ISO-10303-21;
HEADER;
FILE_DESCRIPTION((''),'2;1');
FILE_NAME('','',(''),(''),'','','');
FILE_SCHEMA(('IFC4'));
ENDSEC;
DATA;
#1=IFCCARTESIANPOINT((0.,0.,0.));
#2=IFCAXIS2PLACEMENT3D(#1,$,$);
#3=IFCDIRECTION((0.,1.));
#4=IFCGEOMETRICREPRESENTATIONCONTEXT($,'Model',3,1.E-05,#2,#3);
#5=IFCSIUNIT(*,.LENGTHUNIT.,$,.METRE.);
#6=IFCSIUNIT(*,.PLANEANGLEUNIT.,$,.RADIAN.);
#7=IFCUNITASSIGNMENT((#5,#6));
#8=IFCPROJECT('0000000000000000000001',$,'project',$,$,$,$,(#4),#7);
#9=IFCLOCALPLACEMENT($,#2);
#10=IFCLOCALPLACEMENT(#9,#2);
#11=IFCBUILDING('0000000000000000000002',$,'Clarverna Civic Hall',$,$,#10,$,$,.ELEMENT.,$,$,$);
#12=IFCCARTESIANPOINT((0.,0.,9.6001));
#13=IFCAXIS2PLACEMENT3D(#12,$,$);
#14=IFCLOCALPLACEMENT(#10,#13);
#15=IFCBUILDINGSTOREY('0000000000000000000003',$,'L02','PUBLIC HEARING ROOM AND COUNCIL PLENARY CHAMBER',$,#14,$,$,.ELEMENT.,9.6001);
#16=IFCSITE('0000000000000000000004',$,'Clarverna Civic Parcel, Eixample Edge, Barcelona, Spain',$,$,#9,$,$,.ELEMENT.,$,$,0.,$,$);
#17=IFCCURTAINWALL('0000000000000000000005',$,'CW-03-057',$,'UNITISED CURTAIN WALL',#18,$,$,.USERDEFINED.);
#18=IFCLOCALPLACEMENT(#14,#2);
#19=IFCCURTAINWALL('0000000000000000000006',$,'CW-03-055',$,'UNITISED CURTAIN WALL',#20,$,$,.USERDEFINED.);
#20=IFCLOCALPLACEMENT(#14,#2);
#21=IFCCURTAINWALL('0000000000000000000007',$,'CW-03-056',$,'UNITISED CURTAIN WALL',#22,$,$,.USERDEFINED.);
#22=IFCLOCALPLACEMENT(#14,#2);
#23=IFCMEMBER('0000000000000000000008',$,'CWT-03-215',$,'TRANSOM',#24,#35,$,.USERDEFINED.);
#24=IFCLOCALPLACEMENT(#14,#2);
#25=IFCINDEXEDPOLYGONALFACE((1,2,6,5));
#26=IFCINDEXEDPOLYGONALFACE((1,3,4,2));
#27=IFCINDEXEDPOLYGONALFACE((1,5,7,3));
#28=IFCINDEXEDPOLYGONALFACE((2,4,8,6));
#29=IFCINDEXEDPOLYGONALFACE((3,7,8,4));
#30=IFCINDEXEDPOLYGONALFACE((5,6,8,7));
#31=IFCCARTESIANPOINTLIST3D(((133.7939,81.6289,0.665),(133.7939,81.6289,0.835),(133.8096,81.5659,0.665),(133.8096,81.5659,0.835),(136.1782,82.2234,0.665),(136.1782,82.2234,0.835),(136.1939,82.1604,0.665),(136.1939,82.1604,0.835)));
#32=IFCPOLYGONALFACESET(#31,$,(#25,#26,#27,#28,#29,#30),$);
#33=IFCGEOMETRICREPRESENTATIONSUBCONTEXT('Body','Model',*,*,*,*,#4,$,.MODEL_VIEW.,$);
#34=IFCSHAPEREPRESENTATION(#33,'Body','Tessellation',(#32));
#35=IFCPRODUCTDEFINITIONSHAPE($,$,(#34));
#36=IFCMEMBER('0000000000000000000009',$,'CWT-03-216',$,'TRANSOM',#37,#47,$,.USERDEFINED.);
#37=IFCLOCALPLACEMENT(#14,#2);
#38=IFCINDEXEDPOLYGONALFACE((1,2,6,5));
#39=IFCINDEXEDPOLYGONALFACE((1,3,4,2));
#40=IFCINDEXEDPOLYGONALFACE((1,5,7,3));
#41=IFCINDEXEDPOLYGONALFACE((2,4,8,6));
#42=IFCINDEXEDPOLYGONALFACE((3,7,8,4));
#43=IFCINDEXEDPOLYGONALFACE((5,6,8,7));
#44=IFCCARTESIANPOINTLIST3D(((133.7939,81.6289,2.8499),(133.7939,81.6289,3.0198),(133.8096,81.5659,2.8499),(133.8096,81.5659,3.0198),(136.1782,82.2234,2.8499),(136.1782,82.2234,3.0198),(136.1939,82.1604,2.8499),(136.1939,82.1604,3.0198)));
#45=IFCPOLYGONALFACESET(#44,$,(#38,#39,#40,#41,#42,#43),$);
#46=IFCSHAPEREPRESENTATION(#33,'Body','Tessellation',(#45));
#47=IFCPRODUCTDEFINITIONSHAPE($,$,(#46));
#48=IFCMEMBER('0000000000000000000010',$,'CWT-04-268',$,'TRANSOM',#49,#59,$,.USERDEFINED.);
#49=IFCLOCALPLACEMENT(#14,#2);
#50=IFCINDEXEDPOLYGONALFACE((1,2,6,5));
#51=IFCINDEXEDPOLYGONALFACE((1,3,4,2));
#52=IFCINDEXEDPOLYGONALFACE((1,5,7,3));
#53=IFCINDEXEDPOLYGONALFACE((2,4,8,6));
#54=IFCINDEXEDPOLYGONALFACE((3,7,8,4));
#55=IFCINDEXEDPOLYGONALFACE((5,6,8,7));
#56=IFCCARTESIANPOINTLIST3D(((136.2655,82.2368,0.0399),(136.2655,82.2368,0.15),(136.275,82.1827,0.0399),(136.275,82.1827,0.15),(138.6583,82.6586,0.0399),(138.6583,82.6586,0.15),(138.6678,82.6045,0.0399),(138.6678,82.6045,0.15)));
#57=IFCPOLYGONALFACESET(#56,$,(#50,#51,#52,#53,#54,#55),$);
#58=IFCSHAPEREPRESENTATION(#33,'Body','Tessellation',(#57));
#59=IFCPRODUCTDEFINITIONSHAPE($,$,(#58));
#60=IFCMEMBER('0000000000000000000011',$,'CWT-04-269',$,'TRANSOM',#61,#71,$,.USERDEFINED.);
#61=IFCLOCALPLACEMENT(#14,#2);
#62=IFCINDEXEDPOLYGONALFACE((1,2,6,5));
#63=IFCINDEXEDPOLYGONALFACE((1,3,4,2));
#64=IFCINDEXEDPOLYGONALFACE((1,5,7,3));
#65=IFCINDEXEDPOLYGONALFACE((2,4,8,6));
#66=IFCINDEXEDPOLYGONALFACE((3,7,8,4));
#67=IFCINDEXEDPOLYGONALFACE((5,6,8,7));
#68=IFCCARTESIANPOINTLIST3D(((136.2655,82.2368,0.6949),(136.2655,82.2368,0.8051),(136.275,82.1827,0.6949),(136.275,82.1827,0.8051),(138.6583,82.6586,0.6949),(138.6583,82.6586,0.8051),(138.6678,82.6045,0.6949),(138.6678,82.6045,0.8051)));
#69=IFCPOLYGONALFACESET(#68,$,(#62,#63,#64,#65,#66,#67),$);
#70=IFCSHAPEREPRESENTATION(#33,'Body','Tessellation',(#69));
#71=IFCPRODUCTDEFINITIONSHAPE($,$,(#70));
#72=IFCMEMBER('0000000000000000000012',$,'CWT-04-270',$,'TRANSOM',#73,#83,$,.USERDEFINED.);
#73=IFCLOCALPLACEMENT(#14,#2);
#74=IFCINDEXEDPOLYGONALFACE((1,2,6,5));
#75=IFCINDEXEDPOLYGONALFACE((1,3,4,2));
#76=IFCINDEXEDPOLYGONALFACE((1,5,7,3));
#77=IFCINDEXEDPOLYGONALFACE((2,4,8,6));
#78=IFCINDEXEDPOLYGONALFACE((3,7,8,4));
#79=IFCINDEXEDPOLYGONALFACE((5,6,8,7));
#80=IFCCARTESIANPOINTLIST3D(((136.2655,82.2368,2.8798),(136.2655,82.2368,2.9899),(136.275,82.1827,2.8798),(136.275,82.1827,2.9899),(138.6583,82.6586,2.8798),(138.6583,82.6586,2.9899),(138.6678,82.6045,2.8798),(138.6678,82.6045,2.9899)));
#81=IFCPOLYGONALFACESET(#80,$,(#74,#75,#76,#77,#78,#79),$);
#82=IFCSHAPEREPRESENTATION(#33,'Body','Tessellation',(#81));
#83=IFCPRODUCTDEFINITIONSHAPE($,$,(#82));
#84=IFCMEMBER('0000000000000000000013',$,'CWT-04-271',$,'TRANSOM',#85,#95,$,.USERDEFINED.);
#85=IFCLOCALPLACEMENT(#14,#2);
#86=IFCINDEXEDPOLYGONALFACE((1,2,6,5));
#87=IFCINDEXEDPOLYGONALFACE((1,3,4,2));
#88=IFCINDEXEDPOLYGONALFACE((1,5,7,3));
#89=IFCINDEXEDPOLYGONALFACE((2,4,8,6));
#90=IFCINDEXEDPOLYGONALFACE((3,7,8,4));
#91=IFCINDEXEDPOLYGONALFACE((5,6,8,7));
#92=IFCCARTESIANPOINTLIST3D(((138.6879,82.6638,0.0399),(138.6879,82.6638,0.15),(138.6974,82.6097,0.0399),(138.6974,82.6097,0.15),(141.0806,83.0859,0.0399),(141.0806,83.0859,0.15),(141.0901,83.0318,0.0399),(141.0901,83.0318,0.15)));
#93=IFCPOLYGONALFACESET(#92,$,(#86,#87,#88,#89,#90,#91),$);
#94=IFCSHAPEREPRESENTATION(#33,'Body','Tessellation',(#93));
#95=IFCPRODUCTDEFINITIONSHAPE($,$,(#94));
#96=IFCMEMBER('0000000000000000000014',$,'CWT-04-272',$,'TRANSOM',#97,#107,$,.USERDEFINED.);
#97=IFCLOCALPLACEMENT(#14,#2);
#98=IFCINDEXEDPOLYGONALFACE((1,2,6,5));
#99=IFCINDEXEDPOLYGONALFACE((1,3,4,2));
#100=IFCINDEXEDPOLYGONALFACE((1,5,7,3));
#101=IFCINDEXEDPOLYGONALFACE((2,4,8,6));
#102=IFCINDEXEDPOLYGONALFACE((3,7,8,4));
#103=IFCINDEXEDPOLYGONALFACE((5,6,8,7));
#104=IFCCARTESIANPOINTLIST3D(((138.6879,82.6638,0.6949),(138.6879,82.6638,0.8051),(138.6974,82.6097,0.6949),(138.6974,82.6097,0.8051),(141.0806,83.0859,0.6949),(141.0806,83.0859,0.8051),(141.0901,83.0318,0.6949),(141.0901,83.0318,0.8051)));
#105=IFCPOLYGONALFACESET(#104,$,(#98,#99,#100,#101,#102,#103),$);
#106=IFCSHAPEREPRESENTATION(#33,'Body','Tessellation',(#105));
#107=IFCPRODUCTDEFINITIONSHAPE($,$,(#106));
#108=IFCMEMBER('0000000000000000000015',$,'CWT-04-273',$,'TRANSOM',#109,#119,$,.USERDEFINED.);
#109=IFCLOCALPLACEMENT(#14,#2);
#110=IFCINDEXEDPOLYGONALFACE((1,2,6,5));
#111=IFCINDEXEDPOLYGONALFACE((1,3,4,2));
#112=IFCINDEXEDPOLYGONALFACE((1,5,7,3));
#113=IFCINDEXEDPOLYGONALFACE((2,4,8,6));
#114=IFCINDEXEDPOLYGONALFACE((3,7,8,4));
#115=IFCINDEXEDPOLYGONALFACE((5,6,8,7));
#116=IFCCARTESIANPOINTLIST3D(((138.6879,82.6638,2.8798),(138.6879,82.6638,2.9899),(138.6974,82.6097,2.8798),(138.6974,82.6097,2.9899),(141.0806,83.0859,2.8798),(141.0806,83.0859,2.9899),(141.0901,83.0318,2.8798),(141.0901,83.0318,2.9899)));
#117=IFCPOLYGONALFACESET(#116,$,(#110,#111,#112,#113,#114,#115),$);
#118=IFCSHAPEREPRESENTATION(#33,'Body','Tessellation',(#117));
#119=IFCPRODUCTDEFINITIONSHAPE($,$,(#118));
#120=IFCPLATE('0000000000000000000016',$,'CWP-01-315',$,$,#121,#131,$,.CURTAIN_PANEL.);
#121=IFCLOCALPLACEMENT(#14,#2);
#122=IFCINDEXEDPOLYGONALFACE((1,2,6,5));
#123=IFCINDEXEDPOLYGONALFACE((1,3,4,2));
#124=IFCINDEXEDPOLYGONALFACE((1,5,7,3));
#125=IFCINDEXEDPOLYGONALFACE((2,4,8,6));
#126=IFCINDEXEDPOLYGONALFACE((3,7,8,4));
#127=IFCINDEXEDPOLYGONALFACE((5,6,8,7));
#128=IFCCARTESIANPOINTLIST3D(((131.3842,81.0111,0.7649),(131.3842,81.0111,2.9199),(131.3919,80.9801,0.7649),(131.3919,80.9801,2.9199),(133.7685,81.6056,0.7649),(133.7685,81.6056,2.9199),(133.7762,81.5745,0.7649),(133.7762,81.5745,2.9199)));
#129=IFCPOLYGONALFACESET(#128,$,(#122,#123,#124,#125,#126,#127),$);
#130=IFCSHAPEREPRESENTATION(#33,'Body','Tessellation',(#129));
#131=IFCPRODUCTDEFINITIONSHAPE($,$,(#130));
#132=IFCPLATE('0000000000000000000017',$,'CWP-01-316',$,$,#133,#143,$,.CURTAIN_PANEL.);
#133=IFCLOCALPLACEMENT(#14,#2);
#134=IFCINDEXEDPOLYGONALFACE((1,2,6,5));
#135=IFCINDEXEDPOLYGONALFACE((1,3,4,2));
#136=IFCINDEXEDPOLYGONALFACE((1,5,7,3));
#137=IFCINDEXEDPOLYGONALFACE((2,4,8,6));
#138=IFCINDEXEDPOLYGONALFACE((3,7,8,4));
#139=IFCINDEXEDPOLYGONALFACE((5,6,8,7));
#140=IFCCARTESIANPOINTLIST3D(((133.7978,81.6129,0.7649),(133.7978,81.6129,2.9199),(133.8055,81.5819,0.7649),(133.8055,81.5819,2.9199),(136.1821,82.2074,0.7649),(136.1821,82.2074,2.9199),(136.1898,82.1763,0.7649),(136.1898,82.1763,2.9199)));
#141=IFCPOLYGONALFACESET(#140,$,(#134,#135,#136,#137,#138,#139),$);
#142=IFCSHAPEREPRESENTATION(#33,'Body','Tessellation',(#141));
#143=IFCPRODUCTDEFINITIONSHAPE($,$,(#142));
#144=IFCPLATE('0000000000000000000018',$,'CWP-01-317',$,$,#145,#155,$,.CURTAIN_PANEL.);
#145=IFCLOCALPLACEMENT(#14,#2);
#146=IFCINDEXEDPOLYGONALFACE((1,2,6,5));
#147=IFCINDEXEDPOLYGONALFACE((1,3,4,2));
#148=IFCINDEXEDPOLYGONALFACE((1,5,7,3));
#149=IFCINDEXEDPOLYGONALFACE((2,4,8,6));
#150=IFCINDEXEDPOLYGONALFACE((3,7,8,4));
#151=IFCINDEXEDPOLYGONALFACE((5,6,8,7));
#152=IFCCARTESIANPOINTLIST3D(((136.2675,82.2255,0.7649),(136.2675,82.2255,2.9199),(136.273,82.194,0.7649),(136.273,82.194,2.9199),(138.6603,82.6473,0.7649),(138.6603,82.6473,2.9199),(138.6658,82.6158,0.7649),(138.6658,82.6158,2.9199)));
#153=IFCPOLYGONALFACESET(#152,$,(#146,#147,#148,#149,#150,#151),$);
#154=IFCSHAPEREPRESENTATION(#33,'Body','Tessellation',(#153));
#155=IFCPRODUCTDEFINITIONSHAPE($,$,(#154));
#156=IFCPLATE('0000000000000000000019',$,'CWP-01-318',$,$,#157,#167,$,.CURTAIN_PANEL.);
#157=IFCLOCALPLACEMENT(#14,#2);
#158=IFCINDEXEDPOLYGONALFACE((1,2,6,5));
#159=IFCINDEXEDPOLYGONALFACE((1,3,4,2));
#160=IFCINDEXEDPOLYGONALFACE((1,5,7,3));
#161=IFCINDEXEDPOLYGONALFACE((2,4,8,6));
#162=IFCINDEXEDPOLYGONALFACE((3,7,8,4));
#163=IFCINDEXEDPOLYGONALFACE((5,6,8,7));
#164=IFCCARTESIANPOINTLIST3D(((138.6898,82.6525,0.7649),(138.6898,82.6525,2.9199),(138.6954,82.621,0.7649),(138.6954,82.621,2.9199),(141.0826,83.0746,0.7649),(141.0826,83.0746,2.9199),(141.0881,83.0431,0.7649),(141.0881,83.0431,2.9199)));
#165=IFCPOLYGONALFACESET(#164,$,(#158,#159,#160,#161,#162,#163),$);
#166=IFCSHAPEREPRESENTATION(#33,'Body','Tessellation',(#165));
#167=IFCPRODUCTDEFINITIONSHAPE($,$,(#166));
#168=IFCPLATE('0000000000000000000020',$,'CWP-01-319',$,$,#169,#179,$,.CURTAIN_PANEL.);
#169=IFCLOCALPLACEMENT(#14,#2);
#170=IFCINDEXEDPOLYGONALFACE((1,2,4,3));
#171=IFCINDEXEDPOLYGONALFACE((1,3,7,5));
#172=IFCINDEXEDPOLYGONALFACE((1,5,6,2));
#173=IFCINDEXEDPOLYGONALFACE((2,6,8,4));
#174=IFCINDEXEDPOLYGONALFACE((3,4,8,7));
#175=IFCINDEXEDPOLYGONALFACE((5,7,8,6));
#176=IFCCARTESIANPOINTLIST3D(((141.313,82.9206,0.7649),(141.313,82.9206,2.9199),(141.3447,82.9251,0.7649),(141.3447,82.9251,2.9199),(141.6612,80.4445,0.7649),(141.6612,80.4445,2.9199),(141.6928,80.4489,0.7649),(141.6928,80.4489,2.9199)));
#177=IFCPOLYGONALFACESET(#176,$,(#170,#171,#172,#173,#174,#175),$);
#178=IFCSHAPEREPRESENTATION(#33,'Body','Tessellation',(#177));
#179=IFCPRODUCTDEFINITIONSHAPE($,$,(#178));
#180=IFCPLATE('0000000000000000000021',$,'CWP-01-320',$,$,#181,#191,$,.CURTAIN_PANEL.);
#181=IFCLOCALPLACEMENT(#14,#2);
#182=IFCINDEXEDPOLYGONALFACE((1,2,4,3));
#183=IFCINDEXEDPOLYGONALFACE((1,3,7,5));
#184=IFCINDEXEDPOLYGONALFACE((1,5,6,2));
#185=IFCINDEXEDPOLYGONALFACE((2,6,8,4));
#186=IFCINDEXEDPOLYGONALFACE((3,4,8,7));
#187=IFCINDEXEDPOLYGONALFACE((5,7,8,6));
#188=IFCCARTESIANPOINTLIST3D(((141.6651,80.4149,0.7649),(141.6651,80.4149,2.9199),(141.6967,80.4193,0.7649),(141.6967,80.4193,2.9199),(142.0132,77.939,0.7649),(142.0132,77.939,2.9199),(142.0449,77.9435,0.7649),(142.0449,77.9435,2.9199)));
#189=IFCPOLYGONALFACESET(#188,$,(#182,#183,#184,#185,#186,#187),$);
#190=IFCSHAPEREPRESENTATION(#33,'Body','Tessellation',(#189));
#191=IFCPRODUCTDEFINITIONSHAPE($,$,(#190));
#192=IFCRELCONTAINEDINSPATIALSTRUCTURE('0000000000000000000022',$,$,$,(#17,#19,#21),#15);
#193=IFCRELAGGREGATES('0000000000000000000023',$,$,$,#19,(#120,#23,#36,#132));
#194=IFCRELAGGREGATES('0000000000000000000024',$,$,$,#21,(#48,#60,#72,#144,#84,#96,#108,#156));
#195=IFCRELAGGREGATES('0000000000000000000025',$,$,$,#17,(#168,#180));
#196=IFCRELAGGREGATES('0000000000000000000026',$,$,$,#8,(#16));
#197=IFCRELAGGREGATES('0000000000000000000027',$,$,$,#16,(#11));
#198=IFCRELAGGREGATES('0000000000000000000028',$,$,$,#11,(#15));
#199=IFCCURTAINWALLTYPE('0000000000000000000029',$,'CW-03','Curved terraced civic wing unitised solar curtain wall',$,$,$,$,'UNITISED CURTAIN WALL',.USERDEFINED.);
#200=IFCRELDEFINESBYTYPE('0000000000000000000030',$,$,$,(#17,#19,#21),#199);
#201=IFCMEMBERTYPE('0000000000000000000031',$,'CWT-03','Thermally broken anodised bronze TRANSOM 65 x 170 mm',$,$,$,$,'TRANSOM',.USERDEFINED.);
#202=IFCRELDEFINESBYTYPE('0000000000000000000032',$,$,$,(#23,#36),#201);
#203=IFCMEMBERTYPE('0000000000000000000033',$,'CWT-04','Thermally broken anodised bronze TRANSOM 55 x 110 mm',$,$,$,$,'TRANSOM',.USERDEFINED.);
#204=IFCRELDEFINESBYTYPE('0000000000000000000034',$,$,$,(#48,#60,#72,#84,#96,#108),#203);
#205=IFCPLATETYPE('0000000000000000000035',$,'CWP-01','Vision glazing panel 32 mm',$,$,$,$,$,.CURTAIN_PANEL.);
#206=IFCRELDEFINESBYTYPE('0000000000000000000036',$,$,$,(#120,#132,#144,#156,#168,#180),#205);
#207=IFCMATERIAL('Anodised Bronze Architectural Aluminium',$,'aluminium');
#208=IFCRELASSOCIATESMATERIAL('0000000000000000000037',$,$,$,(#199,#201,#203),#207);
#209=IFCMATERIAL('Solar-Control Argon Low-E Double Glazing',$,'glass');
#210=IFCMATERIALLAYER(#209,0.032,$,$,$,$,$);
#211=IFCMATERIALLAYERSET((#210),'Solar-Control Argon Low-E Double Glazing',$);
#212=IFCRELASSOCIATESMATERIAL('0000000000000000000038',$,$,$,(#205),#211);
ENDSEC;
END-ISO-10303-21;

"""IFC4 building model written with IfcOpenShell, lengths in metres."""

from ifc_helpers import new_model, si_unit, direction, frame, frame_2d, origin, origin_2d, place, context, subcontext, project, spatial, rectangle, extrude, material, layer, layer_set, material_profile, profile_set, type_object, element, aggregate, save


model = new_model("IFC4")

# Units and contexts
model_context = context("Model", 3, precision=1e-05, world=origin(), true_north=direction((0.0, 1.0)))
body_context = subcontext(model_context, "Body", "Model", "MODEL_VIEW")
ifc_project = project(units=[si_unit("LENGTHUNIT", "METRE"), si_unit("PLANEANGLEUNIT", "RADIAN")], contexts=[model_context])

# Site, building, storey
site_placement = place(None, origin())
site = spatial("IfcSite", under=ifc_project, at=site_placement, Name="Clarverna Civic Parcel, Eixample Edge, Barcelona, Spain", CompositionType="ELEMENT", RefElevation=0.0)
building_placement = place(site_placement, origin())
building = spatial("IfcBuilding", under=site, at=building_placement, Name="Clarverna Civic Hall", CompositionType="ELEMENT")
storey_placement = place(building_placement, frame((0.0, 0.0, 9.6001)))
storey = spatial("IfcBuildingStorey", under=building, at=storey_placement, Name="L02", Description="PUBLIC HEARING ROOM AND COUNCIL PLENARY CHAMBER", CompositionType="ELEMENT", Elevation=9.6001)

# Curtain wall
ifc_material_1 = material(Name="Anodised Bronze Architectural Aluminium", Category="aluminium")
curtain_wall_type = type_object("IfcCurtainWallType", Name="CW-03", Description="Curved terraced civic wing unitised solar curtain wall", ElementType="UNITISED CURTAIN WALL", PredefinedType="USERDEFINED", material=ifc_material_1)
curtain_wall_1_placement = place(storey_placement, origin())
curtain_wall_1 = element("IfcCurtainWall", 1, at=curtain_wall_1_placement, inside=storey, type_object=curtain_wall_type, Name="CW-03-057", ObjectType="UNITISED CURTAIN WALL", PredefinedType="USERDEFINED")

# Curtain walls
curtain_wall_2_placement = place(storey_placement, origin())
curtain_wall_2 = element("IfcCurtainWall", 2, at=curtain_wall_2_placement, inside=storey, type_object=curtain_wall_type, Name="CW-03-055", ObjectType="UNITISED CURTAIN WALL", PredefinedType="USERDEFINED")
curtain_wall_3_placement = place(storey_placement, origin())
curtain_wall_3 = element("IfcCurtainWall", 3, at=curtain_wall_3_placement, inside=storey, type_object=curtain_wall_type, Name="CW-03-056", ObjectType="UNITISED CURTAIN WALL", PredefinedType="USERDEFINED")

# Members
ifc_material_profile_1 = material_profile(ifc_material_1, rectangle(XDim=0.0649, YDim=0.1699, at=origin_2d()), Name="BRONZE 65x170")
ifc_profile_set_1 = profile_set([ifc_material_profile_1], Name="Anodised Bronze Architectural Aluminium")
member_type_1 = type_object("IfcMemberType", Name="CWT-03", Description="Thermally broken anodised bronze TRANSOM 65 x 170 mm", ElementType="TRANSOM", PredefinedType="USERDEFINED", material=ifc_profile_set_1)
member_1_placement = place(storey_placement, frame((133.8018, 81.5974, 0.75), z_axis=(0.970294, 0.241928, 0.0), x_axis=(-0.241928, 0.970294, 0.0)))
member_1 = element("IfcMember", 4, at=member_1_placement, type_object=member_type_1, Name="CWT-03-215", ObjectType="TRANSOM", PredefinedType="USERDEFINED", context=body_context, shape_type="SweptSolid", body=[
    extrude(rectangle(XDim=0.0649, YDim=0.1699, at=origin_2d()), origin(), (0.0, 0.0, 1.0), 2.4573),
])
member_2_placement = place(storey_placement, frame((133.8018, 81.5974, 2.9348), z_axis=(0.970294, 0.241928, 0.0), x_axis=(-0.241928, 0.970294, 0.0)))
member_2 = element("IfcMember", 5, at=member_2_placement, type_object=member_type_1, Name="CWT-03-216", ObjectType="TRANSOM", PredefinedType="USERDEFINED", context=body_context, shape_type="SweptSolid", body=[
    extrude(rectangle(XDim=0.0649, YDim=0.1699, at=origin_2d()), origin(), (0.0, 0.0, 1.0), 2.4573),
])
ifc_material_profile_2 = material_profile(ifc_material_1, rectangle(XDim=0.0549, YDim=0.1101, at=origin_2d()), Name="BRONZE 55x110")
ifc_profile_set_2 = profile_set([ifc_material_profile_2], Name="Anodised Bronze Architectural Aluminium")
member_type_2 = type_object("IfcMemberType", Name="CWT-04", Description="Thermally broken anodised bronze TRANSOM 55 x 110 mm", ElementType="TRANSOM", PredefinedType="USERDEFINED", material=ifc_profile_set_2)
member_3_placement = place(storey_placement, frame((136.2703, 82.2097, 0.095), z_axis=(0.984811, 0.173631, 0.0), x_axis=(-0.173631, 0.984811, 0.0)))
member_3 = element("IfcMember", 6, at=member_3_placement, type_object=member_type_2, Name="CWT-04-268", ObjectType="TRANSOM", PredefinedType="USERDEFINED", context=body_context, shape_type="SweptSolid", body=[
    extrude(rectangle(XDim=0.0549, YDim=0.1101, at=origin_2d()), origin(), (0.0, 0.0, 1.0), 2.4297),
])
member_4_placement = place(storey_placement, frame((136.2703, 82.2097, 0.75), z_axis=(0.984811, 0.173631, 0.0), x_axis=(-0.173631, 0.984811, 0.0)))
member_4 = element("IfcMember", 7, at=member_4_placement, type_object=member_type_2, Name="CWT-04-269", ObjectType="TRANSOM", PredefinedType="USERDEFINED", context=body_context, shape_type="SweptSolid", body=[
    extrude(rectangle(XDim=0.0549, YDim=0.1101, at=origin_2d()), origin(), (0.0, 0.0, 1.0), 2.4297),
])
member_5_placement = place(storey_placement, frame((136.2703, 82.2097, 2.9348), z_axis=(0.984811, 0.173631, 0.0), x_axis=(-0.173631, 0.984811, 0.0)))
member_5 = element("IfcMember", 8, at=member_5_placement, type_object=member_type_2, Name="CWT-04-270", ObjectType="TRANSOM", PredefinedType="USERDEFINED", context=body_context, shape_type="SweptSolid", body=[
    extrude(rectangle(XDim=0.0549, YDim=0.1101, at=origin_2d()), origin(), (0.0, 0.0, 1.0), 2.4297),
])
member_6_placement = place(storey_placement, frame((138.6926, 82.6367, 0.095), z_axis=(0.984794, 0.173728, 0.0), x_axis=(-0.173728, 0.984794, 0.0)))
member_6 = element("IfcMember", 9, at=member_6_placement, type_object=member_type_2, Name="CWT-04-271", ObjectType="TRANSOM", PredefinedType="USERDEFINED", context=body_context, shape_type="SweptSolid", body=[
    extrude(rectangle(XDim=0.0549, YDim=0.1101, at=origin_2d()), origin(), (0.0, 0.0, 1.0), 2.4297),
])
member_7_placement = place(storey_placement, frame((138.6926, 82.6367, 0.75), z_axis=(0.984794, 0.173728, 0.0), x_axis=(-0.173728, 0.984794, 0.0)))
member_7 = element("IfcMember", 10, at=member_7_placement, type_object=member_type_2, Name="CWT-04-272", ObjectType="TRANSOM", PredefinedType="USERDEFINED", context=body_context, shape_type="SweptSolid", body=[
    extrude(rectangle(XDim=0.0549, YDim=0.1101, at=origin_2d()), origin(), (0.0, 0.0, 1.0), 2.4297),
])
member_8_placement = place(storey_placement, frame((138.6926, 82.6367, 2.9348), z_axis=(0.984794, 0.173728, 0.0), x_axis=(-0.173728, 0.984794, 0.0)))
member_8 = element("IfcMember", 11, at=member_8_placement, type_object=member_type_2, Name="CWT-04-273", ObjectType="TRANSOM", PredefinedType="USERDEFINED", context=body_context, shape_type="SweptSolid", body=[
    extrude(rectangle(XDim=0.0549, YDim=0.1101, at=origin_2d()), origin(), (0.0, 0.0, 1.0), 2.4297),
])

# Plates
ifc_material_2 = material(Name="Solar-Control Argon Low-E Double Glazing", Category="glass")
ifc_layer_1 = layer(ifc_material_2, 0.032)
ifc_layer_set_1 = layer_set([ifc_layer_1], Name="Solar-Control Argon Low-E Double Glazing")
plate_type_1 = type_object("IfcPlateType", Name="CWP-01", Description="Vision glazing panel 32 mm", PredefinedType="CURTAIN_PANEL", material=ifc_layer_set_1)
plate_1_placement = place(storey_placement, frame((131.3882, 80.9956, 0.7649), z_axis=(0.0, 0.0, 1.0), x_axis=(0.970294, 0.241928, 0.0)))
plate_1 = element("IfcPlate", 12, at=plate_1_placement, type_object=plate_type_1, Name="CWP-01-315", PredefinedType="CURTAIN_PANEL", context=body_context, shape_type="SweptSolid", body=[
    extrude(rectangle(XDim=2.4573, YDim=0.032, at=frame_2d((1.2285, 0.0))), origin(), (0.0, 0.0, 1.0), 2.155),
])
plate_2_placement = place(storey_placement, frame((133.8018, 81.5974, 0.7649), z_axis=(0.0, 0.0, 1.0), x_axis=(0.970294, 0.241928, 0.0)))
plate_2 = element("IfcPlate", 13, at=plate_2_placement, type_object=plate_type_1, Name="CWP-01-316", PredefinedType="CURTAIN_PANEL", context=body_context, shape_type="SweptSolid", body=[
    extrude(rectangle(XDim=2.4573, YDim=0.032, at=frame_2d((1.2285, 0.0))), origin(), (0.0, 0.0, 1.0), 2.155),
])
plate_3_placement = place(storey_placement, frame((136.2703, 82.2097, 0.7649), z_axis=(0.0, 0.0, 1.0), x_axis=(0.984811, 0.173631, 0.0)))
plate_3 = element("IfcPlate", 14, at=plate_3_placement, type_object=plate_type_1, Name="CWP-01-317", PredefinedType="CURTAIN_PANEL", context=body_context, shape_type="SweptSolid", body=[
    extrude(rectangle(XDim=2.4297, YDim=0.032, at=frame_2d((1.2148, 0.0))), origin(), (0.0, 0.0, 1.0), 2.155),
])
plate_4_placement = place(storey_placement, frame((138.6926, 82.6367, 0.7649), z_axis=(0.0, 0.0, 1.0), x_axis=(0.984794, 0.173728, 0.0)))
plate_4 = element("IfcPlate", 15, at=plate_4_placement, type_object=plate_type_1, Name="CWP-01-318", PredefinedType="CURTAIN_PANEL", context=body_context, shape_type="SweptSolid", body=[
    extrude(rectangle(XDim=2.4297, YDim=0.032, at=frame_2d((1.2148, 0.0))), origin(), (0.0, 0.0, 1.0), 2.155),
])
plate_5_placement = place(storey_placement, frame((141.3289, 82.9229, 0.7649), z_axis=(0.0, 0.0, 1.0), x_axis=(0.139234, -0.99026, 0.0)))
plate_5 = element("IfcPlate", 16, at=plate_5_placement, type_object=plate_type_1, Name="CWP-01-319", PredefinedType="CURTAIN_PANEL", context=body_context, shape_type="SweptSolid", body=[
    extrude(rectangle(XDim=2.5005, YDim=0.032, at=frame_2d((1.2502, 0.0))), origin(), (0.0, 0.0, 1.0), 2.155),
])
plate_6_placement = place(storey_placement, frame((141.6809, 80.417, 0.7649), z_axis=(0.0, 0.0, 1.0), x_axis=(0.139247, -0.990258, 0.0)))
plate_6 = element("IfcPlate", 17, at=plate_6_placement, type_object=plate_type_1, Name="CWP-01-320", PredefinedType="CURTAIN_PANEL", context=body_context, shape_type="SweptSolid", body=[
    extrude(rectangle(XDim=2.5002, YDim=0.032, at=frame_2d((1.25, 0.0))), origin(), (0.0, 0.0, 1.0), 2.155),
])
aggregate(curtain_wall_2, [plate_1, member_1, member_2, plate_2])
aggregate(curtain_wall_3, [member_3, member_4, member_5, plate_3, member_6, member_7, member_8, plate_4])
aggregate(curtain_wall_1, [plate_5, plate_6])

save(model, "model.ifc")
